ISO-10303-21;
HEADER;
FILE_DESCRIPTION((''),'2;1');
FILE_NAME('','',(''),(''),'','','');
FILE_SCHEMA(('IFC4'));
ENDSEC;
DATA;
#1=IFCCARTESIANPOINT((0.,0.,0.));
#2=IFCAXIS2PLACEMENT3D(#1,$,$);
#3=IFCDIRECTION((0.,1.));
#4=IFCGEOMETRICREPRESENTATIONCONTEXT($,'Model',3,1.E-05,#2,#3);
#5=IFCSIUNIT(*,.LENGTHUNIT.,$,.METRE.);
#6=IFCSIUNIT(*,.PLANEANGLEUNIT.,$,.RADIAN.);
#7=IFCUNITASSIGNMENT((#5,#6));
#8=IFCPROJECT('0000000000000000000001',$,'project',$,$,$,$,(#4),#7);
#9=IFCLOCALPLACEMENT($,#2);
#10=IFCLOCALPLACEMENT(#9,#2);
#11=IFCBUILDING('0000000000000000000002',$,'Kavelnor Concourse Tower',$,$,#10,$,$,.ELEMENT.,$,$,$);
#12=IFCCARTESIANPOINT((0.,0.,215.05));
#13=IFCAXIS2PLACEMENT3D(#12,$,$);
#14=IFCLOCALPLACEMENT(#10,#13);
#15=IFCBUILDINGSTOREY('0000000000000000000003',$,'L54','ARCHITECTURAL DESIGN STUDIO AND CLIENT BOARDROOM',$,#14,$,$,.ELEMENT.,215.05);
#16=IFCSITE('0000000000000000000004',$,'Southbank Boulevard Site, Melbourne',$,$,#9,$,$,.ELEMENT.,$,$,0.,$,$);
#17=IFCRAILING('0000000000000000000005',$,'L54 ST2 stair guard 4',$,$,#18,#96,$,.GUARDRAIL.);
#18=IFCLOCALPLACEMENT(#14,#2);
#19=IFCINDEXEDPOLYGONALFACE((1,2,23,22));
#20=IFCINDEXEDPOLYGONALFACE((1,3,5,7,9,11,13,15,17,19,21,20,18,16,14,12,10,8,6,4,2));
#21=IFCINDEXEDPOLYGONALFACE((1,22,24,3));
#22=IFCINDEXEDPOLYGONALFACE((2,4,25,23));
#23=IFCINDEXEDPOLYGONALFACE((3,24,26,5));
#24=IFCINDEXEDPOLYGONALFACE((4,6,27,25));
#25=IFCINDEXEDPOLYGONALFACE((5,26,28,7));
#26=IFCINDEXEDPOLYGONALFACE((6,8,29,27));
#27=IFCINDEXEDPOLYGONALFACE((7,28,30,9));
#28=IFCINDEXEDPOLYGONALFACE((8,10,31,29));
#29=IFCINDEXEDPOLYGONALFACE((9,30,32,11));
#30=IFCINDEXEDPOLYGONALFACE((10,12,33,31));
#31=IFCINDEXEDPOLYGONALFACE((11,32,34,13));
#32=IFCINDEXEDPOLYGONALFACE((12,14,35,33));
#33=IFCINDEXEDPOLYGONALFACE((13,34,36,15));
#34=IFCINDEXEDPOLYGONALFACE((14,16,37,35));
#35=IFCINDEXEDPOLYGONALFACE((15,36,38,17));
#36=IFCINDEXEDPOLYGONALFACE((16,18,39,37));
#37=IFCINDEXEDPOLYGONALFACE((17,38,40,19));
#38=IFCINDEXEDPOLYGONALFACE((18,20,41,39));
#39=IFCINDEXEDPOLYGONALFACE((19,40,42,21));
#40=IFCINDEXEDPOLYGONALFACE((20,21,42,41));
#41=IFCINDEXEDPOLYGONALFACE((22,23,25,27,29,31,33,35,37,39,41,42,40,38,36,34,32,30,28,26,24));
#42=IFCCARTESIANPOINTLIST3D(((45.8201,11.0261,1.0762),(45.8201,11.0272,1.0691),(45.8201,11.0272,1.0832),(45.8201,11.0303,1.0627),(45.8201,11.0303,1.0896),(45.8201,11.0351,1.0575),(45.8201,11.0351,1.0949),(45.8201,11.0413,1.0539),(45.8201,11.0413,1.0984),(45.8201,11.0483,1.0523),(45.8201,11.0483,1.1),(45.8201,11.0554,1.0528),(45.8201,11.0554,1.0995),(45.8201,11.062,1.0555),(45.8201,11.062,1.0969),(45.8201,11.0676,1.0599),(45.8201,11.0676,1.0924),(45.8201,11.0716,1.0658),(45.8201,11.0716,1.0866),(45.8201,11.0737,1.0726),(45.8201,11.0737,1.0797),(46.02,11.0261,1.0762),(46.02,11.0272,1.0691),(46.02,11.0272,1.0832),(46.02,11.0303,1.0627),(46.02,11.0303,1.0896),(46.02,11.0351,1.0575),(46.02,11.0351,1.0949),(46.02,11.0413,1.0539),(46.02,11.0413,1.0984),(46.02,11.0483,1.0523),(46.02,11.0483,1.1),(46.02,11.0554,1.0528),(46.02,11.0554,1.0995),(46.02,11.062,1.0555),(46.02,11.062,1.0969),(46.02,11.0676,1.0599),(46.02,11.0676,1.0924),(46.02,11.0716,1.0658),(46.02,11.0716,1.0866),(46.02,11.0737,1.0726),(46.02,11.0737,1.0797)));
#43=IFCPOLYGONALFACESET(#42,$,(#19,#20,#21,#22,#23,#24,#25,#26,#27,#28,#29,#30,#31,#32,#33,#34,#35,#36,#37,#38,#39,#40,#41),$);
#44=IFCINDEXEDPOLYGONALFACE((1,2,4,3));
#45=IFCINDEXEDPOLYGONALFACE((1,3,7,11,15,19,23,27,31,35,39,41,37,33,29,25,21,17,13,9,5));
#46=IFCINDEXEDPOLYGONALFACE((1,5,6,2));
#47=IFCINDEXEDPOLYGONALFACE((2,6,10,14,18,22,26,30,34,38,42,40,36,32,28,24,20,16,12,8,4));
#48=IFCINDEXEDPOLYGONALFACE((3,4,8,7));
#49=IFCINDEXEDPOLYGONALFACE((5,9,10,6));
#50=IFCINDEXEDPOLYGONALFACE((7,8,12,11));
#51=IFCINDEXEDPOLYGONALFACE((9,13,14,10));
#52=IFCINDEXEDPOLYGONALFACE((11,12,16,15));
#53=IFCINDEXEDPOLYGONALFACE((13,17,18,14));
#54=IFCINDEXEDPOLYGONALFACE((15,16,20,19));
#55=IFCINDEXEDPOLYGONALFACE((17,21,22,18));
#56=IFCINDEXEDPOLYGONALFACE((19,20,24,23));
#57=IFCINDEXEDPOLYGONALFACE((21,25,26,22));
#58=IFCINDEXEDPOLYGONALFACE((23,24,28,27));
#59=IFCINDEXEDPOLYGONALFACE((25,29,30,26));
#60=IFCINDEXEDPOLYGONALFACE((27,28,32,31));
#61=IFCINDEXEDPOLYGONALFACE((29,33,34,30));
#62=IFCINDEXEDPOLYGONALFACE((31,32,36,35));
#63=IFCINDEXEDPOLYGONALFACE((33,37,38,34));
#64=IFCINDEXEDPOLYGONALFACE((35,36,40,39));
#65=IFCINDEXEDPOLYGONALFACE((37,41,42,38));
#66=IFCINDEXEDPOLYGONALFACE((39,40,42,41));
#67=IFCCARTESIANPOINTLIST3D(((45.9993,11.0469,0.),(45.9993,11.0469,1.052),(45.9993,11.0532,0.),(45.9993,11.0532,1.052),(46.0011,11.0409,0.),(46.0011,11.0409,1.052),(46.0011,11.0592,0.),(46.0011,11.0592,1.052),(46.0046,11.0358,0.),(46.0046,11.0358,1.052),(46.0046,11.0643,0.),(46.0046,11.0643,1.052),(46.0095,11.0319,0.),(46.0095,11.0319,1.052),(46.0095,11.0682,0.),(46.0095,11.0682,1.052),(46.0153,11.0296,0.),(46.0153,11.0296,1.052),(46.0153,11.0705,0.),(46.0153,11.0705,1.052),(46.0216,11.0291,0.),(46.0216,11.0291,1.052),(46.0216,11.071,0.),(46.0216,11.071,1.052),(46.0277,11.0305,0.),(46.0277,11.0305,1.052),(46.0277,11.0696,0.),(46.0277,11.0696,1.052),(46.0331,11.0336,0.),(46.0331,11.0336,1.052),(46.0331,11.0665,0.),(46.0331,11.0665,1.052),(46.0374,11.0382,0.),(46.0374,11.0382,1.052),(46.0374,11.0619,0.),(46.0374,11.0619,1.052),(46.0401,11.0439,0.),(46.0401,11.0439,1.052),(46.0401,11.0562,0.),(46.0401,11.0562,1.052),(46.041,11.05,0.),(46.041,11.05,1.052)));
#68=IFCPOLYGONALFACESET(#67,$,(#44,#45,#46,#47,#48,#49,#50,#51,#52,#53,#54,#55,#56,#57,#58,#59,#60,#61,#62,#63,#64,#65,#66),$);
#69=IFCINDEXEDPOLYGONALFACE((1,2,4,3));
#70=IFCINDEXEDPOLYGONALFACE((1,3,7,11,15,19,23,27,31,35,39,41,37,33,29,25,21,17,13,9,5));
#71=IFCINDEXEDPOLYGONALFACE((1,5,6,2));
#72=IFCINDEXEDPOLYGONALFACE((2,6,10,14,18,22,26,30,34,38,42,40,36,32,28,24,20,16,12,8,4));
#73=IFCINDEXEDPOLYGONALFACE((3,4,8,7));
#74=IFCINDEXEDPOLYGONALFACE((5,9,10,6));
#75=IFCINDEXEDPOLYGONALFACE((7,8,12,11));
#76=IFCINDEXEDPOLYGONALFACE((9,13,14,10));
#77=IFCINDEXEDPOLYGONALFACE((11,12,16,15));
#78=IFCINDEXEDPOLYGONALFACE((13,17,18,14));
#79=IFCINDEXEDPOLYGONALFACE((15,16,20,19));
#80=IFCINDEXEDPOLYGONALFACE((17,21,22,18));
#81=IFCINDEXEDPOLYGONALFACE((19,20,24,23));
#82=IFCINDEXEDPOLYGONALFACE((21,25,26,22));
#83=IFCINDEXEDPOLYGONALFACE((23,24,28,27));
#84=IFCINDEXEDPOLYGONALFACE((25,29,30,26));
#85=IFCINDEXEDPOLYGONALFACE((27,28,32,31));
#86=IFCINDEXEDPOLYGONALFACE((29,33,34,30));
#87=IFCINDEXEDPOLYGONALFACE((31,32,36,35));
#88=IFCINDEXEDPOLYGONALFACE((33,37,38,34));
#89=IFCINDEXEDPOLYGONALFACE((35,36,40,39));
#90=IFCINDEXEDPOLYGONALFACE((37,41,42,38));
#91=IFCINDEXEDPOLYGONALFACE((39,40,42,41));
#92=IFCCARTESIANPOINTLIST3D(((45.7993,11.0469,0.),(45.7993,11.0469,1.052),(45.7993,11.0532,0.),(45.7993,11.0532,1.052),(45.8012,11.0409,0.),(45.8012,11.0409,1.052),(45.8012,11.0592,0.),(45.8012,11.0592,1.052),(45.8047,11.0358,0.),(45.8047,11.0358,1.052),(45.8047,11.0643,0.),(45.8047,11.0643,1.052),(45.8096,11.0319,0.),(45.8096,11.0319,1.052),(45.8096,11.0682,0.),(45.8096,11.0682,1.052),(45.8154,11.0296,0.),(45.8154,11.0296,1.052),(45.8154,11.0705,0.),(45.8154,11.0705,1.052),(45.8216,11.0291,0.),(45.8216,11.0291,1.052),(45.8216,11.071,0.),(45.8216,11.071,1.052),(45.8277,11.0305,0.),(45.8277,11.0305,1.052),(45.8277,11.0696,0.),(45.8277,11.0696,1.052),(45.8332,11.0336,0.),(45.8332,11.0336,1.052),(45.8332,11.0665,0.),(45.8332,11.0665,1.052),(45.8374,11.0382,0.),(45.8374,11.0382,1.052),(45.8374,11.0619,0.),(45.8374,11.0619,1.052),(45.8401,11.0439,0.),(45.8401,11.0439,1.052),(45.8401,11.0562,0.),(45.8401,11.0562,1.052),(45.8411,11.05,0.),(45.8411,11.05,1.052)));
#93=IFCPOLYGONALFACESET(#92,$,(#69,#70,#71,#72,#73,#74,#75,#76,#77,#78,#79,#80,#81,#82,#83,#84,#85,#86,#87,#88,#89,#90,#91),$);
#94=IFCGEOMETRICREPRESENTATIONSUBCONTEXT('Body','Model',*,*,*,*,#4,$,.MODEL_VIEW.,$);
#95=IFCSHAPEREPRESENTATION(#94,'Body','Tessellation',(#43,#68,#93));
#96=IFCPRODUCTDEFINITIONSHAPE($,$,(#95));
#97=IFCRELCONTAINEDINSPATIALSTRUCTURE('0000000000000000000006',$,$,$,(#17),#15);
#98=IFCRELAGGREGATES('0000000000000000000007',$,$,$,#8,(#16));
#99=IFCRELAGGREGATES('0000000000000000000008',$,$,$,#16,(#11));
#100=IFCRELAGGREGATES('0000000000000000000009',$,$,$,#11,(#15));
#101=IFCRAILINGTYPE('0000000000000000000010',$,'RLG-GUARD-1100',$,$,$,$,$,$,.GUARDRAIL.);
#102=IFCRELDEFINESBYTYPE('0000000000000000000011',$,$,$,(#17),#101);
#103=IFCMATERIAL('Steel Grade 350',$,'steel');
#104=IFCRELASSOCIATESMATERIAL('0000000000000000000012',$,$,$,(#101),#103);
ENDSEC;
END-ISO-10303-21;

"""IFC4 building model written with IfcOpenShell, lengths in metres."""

from ifc_helpers import new_model, si_unit, direction, frame, origin, origin_2d, place, context, subcontext, project, spatial, circle, extrude, material, type_object, element, save


model = new_model("IFC4")

# Units and contexts
model_context = context("Model", 3, precision=1e-05, world=origin(), true_north=direction((0.0, 1.0)))
body_context = subcontext(model_context, "Body", "Model", "MODEL_VIEW")
ifc_project = project(units=[si_unit("LENGTHUNIT", "METRE"), si_unit("PLANEANGLEUNIT", "RADIAN")], contexts=[model_context])

# Site, building, storey
site_placement = place(None, origin())
site = spatial("IfcSite", under=ifc_project, at=site_placement, Name="Southbank Boulevard Site, Melbourne", CompositionType="ELEMENT", RefElevation=0.0)
building_placement = place(site_placement, origin())
building = spatial("IfcBuilding", under=site, at=building_placement, Name="Kavelnor Concourse Tower", CompositionType="ELEMENT")
storey_placement = place(building_placement, frame((0.0, 0.0, 215.05)))
storey = spatial("IfcBuildingStorey", under=building, at=storey_placement, Name="L54", Description="ARCHITECTURAL DESIGN STUDIO AND CLIENT BOARDROOM", CompositionType="ELEMENT", Elevation=215.05)

# Shared definitions
ifc_material_1 = material(Name="Steel Grade 350", Category="steel")

# Railing
railing_type_1 = type_object("IfcRailingType", Name="RLG-GUARD-1100", PredefinedType="GUARDRAIL", material=ifc_material_1)
railing_1_placement = place(storey_placement, frame((46.02, 11.05, 0.0)))
element("IfcRailing", 1, at=railing_1_placement, inside=storey, type_object=railing_type_1, Name="L54 ST2 stair guard 4", PredefinedType="GUARDRAIL", context=body_context, shape_type="SweptSolid", body=[
    extrude(circle(Radius=0.0239, at=origin_2d()), frame((0.0, 0.0, 1.0762), z_axis=(-1.0, 0.0, 0.0), x_axis=(0.0, -1.0, 0.0)), (0.0, 0.0, 1.0), 0.2),
    extrude(circle(Radius=0.021, at=origin_2d()), origin(), (0.0, 0.0, 1.0), 1.052),
    extrude(circle(Radius=0.021, at=origin_2d()), frame((-0.2, 0.0, 0.0)), (0.0, 0.0, 1.0), 1.052),
])

save(model, "model.ifc")
